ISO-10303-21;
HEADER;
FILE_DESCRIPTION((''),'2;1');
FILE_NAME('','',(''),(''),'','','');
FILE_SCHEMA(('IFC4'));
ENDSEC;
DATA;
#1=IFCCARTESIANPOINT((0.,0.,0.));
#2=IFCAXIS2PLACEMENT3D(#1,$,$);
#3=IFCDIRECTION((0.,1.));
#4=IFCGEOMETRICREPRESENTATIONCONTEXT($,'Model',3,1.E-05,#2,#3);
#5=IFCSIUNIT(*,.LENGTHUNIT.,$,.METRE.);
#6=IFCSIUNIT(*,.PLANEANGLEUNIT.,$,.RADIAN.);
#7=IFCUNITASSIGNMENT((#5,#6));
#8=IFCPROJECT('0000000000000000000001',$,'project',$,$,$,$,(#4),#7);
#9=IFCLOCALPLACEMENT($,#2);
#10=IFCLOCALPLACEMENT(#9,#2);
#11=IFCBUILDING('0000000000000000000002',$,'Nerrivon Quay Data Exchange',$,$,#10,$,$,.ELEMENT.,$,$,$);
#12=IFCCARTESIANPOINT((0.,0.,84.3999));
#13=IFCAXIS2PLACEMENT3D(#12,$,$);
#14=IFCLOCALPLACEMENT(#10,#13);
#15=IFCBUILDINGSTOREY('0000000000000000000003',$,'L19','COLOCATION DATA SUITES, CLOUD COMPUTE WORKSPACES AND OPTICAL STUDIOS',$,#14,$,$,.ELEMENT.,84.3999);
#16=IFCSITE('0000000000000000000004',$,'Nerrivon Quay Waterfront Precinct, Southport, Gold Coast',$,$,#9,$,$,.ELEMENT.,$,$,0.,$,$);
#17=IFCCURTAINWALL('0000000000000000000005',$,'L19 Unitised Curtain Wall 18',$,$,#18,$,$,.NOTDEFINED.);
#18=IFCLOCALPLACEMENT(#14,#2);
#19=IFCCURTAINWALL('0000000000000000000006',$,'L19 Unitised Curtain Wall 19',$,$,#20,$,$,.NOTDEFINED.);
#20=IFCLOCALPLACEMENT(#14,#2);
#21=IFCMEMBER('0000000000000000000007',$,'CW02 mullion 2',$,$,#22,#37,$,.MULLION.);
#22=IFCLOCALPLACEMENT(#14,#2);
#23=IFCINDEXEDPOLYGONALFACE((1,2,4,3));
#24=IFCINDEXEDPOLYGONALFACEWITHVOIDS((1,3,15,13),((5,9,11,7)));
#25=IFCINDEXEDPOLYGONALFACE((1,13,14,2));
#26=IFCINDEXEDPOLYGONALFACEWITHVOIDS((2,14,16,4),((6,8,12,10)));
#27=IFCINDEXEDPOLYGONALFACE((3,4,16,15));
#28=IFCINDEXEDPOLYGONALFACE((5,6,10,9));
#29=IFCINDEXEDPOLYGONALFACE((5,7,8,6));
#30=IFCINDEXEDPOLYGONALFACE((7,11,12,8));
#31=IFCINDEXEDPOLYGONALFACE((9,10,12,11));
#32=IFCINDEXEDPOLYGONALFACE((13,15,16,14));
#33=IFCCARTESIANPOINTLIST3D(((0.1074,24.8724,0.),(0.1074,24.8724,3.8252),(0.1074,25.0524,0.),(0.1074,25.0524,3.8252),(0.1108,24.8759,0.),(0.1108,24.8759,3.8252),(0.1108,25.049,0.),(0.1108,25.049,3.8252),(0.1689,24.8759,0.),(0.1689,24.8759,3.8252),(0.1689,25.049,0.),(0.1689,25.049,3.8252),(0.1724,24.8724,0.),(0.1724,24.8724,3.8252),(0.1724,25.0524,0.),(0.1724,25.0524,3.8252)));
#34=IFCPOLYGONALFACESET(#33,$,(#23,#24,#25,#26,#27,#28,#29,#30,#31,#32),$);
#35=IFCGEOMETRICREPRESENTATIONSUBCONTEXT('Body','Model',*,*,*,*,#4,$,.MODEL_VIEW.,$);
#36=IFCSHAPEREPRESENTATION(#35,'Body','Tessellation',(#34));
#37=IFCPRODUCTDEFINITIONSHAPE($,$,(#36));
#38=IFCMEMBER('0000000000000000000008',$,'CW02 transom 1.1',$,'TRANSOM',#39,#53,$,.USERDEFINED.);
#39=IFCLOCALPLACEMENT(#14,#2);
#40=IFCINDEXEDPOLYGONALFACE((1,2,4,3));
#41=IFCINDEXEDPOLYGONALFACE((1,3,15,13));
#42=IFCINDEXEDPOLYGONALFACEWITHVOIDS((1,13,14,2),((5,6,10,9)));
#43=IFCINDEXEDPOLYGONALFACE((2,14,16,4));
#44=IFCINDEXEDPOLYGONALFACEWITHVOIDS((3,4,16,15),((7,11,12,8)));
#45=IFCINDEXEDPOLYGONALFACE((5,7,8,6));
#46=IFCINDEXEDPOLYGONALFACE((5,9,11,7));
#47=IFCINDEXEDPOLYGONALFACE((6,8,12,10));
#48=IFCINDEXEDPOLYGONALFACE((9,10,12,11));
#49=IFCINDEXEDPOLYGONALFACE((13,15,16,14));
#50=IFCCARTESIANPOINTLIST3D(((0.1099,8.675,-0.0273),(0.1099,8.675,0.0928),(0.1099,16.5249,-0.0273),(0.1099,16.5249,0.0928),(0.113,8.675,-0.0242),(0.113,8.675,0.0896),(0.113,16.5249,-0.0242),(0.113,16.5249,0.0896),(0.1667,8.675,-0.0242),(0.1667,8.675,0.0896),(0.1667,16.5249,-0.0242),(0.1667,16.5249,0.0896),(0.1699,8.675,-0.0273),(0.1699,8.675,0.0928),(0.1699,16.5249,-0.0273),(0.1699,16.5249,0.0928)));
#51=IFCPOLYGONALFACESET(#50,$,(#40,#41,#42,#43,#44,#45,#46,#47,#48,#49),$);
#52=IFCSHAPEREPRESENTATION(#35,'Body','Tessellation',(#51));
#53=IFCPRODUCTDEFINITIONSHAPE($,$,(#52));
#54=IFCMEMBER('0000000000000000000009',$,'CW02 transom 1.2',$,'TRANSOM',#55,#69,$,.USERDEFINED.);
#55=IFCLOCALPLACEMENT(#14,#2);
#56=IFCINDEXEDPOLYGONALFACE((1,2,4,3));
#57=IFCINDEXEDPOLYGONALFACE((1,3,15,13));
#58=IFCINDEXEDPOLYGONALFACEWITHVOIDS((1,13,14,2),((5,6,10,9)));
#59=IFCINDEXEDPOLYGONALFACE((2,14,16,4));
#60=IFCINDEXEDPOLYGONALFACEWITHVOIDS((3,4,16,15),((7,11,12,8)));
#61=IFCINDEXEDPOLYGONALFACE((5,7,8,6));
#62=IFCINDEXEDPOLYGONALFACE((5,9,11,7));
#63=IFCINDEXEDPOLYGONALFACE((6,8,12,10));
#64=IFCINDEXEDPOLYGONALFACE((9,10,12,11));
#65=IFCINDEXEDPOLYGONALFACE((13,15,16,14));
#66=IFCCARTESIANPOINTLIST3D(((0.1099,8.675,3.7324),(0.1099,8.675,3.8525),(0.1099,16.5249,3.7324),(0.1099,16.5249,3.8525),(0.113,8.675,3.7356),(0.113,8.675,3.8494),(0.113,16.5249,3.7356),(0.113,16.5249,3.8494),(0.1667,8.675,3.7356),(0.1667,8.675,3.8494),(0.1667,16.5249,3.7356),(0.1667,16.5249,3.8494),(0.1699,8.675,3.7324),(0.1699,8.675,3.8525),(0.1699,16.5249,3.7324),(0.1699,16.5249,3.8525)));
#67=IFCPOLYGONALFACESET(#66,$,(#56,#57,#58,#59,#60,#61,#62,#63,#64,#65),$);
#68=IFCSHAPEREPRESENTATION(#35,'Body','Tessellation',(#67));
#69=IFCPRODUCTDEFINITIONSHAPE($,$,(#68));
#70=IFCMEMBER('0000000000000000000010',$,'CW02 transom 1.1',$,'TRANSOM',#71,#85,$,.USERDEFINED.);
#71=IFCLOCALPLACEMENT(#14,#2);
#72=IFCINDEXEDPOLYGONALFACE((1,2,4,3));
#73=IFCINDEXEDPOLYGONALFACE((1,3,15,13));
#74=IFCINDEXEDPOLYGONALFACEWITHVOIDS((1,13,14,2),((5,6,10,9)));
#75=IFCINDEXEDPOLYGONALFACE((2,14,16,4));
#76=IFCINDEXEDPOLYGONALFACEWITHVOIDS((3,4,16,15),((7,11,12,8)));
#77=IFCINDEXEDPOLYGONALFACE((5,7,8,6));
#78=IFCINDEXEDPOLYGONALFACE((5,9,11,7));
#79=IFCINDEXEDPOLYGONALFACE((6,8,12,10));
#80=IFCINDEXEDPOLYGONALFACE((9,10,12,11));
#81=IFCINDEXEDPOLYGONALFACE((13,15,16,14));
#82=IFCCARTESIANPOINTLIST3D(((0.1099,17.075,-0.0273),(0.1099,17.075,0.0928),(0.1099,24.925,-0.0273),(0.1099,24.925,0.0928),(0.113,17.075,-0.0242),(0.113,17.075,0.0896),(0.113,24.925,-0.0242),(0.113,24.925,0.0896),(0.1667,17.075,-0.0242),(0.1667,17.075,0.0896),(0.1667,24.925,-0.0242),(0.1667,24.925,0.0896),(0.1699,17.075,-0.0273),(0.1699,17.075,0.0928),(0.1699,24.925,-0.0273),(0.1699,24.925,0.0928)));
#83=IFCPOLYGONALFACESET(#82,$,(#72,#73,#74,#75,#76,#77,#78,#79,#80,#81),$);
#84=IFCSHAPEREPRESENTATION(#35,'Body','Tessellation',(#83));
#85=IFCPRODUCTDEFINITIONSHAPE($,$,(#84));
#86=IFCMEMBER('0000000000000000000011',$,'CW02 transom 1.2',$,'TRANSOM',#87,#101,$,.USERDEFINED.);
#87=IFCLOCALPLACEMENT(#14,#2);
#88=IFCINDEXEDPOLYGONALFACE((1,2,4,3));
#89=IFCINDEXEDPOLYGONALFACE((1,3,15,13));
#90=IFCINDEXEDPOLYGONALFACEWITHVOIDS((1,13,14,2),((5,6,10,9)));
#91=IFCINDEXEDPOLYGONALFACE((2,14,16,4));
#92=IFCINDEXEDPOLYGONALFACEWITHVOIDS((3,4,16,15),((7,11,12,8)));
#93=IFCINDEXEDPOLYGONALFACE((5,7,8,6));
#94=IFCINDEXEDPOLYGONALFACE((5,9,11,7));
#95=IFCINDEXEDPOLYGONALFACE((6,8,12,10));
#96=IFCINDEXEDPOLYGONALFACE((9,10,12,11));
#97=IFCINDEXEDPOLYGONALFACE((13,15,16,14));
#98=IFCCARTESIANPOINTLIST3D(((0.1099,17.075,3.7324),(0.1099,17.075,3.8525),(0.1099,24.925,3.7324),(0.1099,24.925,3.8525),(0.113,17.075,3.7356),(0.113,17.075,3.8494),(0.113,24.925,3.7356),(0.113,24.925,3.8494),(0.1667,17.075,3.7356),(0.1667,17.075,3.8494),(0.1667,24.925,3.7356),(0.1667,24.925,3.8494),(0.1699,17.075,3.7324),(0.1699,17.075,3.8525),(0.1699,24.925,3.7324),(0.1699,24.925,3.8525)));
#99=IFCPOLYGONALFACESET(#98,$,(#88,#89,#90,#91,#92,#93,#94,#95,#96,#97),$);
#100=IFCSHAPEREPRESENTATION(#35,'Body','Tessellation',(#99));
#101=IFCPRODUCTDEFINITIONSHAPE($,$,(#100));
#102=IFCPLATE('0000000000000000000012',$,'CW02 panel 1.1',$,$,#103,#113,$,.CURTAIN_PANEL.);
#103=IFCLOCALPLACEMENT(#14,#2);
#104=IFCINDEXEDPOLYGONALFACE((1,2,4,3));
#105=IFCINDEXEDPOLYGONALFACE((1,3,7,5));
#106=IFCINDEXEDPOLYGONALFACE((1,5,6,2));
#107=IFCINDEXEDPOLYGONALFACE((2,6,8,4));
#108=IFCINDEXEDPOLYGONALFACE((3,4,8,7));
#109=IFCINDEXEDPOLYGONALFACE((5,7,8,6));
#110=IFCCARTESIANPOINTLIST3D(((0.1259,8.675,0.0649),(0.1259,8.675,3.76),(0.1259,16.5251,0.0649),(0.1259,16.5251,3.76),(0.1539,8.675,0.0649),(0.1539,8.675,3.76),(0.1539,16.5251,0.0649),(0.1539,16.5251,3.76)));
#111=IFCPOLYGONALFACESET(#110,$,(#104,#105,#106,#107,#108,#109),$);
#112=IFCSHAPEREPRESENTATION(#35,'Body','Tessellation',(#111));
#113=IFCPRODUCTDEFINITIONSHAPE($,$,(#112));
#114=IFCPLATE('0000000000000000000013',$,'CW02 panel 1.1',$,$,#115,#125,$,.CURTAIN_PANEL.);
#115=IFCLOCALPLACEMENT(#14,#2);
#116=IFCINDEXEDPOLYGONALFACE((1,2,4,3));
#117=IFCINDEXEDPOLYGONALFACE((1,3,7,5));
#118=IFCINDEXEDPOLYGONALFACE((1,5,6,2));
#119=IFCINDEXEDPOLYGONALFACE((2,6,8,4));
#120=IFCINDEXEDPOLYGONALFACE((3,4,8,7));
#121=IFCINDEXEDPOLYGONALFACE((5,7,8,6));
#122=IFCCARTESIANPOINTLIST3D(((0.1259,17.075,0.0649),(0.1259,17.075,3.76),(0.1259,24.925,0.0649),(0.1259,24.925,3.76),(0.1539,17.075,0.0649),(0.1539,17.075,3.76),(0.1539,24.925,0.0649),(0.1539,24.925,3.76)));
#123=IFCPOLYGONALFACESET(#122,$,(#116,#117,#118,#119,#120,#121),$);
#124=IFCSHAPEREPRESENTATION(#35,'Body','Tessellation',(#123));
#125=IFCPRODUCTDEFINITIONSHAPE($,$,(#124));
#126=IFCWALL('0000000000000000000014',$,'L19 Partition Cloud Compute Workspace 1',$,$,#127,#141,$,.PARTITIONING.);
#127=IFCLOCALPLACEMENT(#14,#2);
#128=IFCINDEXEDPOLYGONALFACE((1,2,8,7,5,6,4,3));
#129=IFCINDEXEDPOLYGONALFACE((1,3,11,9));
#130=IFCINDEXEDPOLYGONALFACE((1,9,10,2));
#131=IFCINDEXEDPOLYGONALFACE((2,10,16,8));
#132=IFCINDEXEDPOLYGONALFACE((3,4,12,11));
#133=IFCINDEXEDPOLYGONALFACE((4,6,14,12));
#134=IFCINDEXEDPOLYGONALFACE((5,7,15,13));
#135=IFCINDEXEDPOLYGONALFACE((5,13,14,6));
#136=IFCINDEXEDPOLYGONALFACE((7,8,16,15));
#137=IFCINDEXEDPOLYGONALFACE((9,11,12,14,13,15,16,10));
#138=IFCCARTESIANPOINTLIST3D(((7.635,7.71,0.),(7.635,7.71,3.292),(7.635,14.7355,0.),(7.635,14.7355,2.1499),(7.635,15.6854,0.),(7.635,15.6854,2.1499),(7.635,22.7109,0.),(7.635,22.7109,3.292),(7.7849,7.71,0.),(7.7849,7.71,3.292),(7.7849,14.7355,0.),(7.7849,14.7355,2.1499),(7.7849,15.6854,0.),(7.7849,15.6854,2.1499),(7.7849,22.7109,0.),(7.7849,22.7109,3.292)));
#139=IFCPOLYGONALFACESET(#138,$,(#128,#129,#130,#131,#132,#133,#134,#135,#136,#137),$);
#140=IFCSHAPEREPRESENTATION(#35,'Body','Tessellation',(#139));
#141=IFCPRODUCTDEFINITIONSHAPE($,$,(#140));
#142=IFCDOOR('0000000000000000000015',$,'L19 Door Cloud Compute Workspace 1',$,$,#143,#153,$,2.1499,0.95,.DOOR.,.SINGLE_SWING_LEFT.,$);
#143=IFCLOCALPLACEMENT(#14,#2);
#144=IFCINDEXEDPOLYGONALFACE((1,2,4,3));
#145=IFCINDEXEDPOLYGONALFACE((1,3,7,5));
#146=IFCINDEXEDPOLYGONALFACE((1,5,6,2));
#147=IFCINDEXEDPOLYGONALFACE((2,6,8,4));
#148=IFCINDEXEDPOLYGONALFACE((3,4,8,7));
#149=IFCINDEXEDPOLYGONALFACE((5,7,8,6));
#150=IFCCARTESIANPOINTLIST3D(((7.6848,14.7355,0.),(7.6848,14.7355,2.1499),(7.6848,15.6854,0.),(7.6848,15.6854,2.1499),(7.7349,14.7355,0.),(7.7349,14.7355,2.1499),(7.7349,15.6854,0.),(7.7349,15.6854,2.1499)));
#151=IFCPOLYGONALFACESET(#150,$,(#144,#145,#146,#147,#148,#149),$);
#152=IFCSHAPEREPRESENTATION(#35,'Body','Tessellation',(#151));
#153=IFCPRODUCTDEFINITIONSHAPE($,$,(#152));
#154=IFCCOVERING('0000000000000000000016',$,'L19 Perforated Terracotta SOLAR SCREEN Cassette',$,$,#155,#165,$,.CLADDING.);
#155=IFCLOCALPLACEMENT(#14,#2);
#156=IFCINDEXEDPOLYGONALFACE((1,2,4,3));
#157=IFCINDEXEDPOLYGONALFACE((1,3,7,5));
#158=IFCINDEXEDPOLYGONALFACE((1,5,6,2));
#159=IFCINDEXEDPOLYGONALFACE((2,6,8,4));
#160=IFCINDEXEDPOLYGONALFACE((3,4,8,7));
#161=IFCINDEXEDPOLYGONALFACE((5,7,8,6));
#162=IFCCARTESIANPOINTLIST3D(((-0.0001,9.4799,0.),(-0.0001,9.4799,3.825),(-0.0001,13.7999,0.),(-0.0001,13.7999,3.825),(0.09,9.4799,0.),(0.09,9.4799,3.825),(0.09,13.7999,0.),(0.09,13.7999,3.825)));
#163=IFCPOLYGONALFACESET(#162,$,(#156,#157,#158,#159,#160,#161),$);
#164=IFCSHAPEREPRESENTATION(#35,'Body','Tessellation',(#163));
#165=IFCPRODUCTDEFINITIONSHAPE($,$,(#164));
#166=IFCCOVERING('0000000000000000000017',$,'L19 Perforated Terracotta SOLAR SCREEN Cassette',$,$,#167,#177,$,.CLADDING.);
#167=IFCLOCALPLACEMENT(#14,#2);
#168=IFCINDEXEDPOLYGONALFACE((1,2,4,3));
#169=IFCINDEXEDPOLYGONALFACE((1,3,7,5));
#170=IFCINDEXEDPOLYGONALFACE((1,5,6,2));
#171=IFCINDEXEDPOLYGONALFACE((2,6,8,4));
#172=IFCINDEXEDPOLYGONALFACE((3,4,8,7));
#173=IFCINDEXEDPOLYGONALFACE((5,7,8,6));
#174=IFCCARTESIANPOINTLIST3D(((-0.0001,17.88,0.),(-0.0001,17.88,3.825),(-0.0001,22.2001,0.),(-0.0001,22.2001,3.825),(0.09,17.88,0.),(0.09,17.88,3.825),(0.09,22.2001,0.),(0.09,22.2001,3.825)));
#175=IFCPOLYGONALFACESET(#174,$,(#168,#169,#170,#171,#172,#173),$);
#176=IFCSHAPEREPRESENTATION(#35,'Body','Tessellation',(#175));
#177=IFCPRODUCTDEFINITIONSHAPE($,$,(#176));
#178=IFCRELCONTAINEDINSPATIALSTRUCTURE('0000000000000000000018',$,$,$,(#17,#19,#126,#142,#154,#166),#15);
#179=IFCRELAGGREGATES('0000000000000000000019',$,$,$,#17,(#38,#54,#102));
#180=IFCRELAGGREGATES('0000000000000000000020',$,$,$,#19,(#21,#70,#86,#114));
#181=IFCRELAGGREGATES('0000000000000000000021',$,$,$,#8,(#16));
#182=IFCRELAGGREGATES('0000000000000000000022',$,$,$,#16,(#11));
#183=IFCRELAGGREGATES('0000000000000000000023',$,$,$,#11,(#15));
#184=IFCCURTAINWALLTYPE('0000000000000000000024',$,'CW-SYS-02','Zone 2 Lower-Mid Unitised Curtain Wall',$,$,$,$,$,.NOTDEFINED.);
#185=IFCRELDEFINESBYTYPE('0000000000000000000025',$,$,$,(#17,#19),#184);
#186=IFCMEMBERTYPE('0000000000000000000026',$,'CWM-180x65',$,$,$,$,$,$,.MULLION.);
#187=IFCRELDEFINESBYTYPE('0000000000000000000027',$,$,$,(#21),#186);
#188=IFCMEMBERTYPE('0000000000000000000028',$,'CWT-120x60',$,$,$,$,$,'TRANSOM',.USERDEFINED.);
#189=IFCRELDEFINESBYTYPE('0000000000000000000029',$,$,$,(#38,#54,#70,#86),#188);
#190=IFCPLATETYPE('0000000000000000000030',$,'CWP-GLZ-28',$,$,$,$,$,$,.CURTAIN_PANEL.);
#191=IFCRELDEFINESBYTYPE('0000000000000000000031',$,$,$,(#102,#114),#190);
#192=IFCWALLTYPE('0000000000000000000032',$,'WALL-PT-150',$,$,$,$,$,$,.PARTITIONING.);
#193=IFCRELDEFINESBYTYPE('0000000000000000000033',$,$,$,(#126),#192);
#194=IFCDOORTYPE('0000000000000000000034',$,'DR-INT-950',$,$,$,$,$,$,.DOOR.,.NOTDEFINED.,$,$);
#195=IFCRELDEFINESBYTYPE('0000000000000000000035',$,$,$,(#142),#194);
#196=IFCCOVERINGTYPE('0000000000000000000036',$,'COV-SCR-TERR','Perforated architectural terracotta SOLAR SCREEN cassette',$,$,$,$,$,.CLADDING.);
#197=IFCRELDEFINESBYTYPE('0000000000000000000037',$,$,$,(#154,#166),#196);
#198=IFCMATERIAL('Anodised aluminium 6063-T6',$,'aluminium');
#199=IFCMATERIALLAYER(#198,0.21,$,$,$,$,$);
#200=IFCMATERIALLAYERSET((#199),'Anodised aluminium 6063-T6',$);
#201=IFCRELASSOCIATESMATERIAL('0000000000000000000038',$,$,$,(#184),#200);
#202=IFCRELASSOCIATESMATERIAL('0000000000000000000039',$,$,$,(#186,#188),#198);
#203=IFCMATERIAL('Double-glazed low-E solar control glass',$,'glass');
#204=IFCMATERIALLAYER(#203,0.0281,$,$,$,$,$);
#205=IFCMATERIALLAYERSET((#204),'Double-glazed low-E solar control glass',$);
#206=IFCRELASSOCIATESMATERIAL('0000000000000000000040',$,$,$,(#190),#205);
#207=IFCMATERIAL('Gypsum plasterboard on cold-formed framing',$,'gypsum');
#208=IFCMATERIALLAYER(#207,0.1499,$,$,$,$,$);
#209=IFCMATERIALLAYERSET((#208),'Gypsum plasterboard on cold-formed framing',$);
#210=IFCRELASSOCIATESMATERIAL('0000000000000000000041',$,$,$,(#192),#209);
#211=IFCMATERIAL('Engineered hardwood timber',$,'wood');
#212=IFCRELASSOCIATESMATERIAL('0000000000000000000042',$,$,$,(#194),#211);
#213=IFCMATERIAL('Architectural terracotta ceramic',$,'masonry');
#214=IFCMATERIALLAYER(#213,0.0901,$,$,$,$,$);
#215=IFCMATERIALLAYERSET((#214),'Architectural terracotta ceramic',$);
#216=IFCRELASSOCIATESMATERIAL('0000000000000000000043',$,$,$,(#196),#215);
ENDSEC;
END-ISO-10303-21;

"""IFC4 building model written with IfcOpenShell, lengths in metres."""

from ifc_helpers import new_model, si_unit, direction, frame, frame_2d, origin, origin_2d, place, context, subcontext, project, spatial, rectangle, hollow_rectangle, extrude, material, layer, layer_set, material_profile, profile_set, type_object, element, fill, aggregate, save


model = new_model("IFC4")

# Units and contexts
model_context = context("Model", 3, precision=1e-05, world=origin(), true_north=direction((0.0, 1.0)))
body_context = subcontext(model_context, "Body", "Model", "MODEL_VIEW")
ifc_project = project(units=[si_unit("LENGTHUNIT", "METRE"), si_unit("PLANEANGLEUNIT", "RADIAN")], contexts=[model_context])

# Site, building, storey
site_placement = place(None, origin())
site = spatial("IfcSite", under=ifc_project, at=site_placement, Name="Nerrivon Quay Waterfront Precinct, Southport, Gold Coast", CompositionType="ELEMENT", RefElevation=0.0)
building_placement = place(site_placement, origin())
building = spatial("IfcBuilding", under=site, at=building_placement, Name="Nerrivon Quay Data Exchange", CompositionType="ELEMENT")
storey_placement = place(building_placement, frame((0.0, 0.0, 84.3999)))
storey = spatial("IfcBuildingStorey", under=building, at=storey_placement, Name="L19", Description="COLOCATION DATA SUITES, CLOUD COMPUTE WORKSPACES AND OPTICAL STUDIOS", CompositionType="ELEMENT", Elevation=84.3999)

# Curtain walls, member
ifc_material_1 = material(Name="Anodised aluminium 6063-T6", Category="aluminium")
ifc_layer_1 = layer(ifc_material_1, 0.21)
ifc_layer_set_1 = layer_set([ifc_layer_1], Name="Anodised aluminium 6063-T6")
curtain_wall_type = type_object("IfcCurtainWallType", Name="CW-SYS-02", Description="Zone 2 Lower-Mid Unitised Curtain Wall", PredefinedType="NOTDEFINED", material=ifc_layer_set_1)
curtain_wall_1_placement = place(storey_placement, origin())
curtain_wall_1 = element("IfcCurtainWall", 1, at=curtain_wall_1_placement, inside=storey, type_object=curtain_wall_type, Name="L19 Unitised Curtain Wall 18", PredefinedType="NOTDEFINED")
ifc_material_profile_1 = material_profile(ifc_material_1, hollow_rectangle(XDim=0.0649, YDim=0.1799, WallThickness=0.0034, at=origin_2d()), Name="ALU-MULL-180x65")
ifc_profile_set_1 = profile_set([ifc_material_profile_1], Name="Anodised aluminium 6063-T6")
member_type_1 = type_object("IfcMemberType", Name="CWM-180x65", PredefinedType="MULLION", material=ifc_profile_set_1)
curtain_wall_2_placement = place(storey_placement, origin())
curtain_wall_2 = element("IfcCurtainWall", 2, at=curtain_wall_2_placement, inside=storey, type_object=curtain_wall_type, Name="L19 Unitised Curtain Wall 19", PredefinedType="NOTDEFINED")
member_1_placement = place(storey_placement, frame((0.1399, 24.9624, 0.0), z_axis=(0.0, 0.0, 1.0), x_axis=(-1.0, 0.0, 0.0)))
member_1 = element("IfcMember", 3, at=member_1_placement, type_object=member_type_1, Name="CW02 mullion 2", PredefinedType="MULLION", context=body_context, shape_type="SweptSolid", body=[
    extrude(hollow_rectangle(XDim=0.0649, YDim=0.1799, WallThickness=0.0034, at=origin_2d()), origin(), (0.0, 0.0, 1.0), 3.8252),
])

# Members
ifc_material_profile_2 = material_profile(ifc_material_1, hollow_rectangle(XDim=0.0601, YDim=0.1201, WallThickness=0.0032, at=origin_2d()), Name="ALU-TRAN-120x60")
ifc_profile_set_2 = profile_set([ifc_material_profile_2], Name="Anodised aluminium 6063-T6")
member_type_2 = type_object("IfcMemberType", Name="CWT-120x60", ElementType="TRANSOM", PredefinedType="USERDEFINED", material=ifc_profile_set_2)
member_2_placement = place(storey_placement, frame((0.1399, 8.675, 0.0327), z_axis=(0.0, 1.0, 0.0), x_axis=(-1.0, 0.0, 0.0)))
member_2 = element("IfcMember", 4, at=member_2_placement, type_object=member_type_2, Name="CW02 transom 1.1", ObjectType="TRANSOM", PredefinedType="USERDEFINED", context=body_context, shape_type="SweptSolid", body=[
    extrude(hollow_rectangle(XDim=0.0601, YDim=0.1201, WallThickness=0.0032, at=origin_2d()), origin(), (0.0, 0.0, 1.0), 7.8499),
])
member_3_placement = place(storey_placement, frame((0.1399, 8.675, 3.7925), z_axis=(0.0, 1.0, 0.0), x_axis=(-1.0, 0.0, 0.0)))
member_3 = element("IfcMember", 5, at=member_3_placement, type_object=member_type_2, Name="CW02 transom 1.2", ObjectType="TRANSOM", PredefinedType="USERDEFINED", context=body_context, shape_type="SweptSolid", body=[
    extrude(hollow_rectangle(XDim=0.0601, YDim=0.1201, WallThickness=0.0032, at=origin_2d()), origin(), (0.0, 0.0, 1.0), 7.8499),
])
member_4_placement = place(storey_placement, frame((0.1399, 17.075, 0.0327), z_axis=(0.0, 1.0, 0.0), x_axis=(-1.0, 0.0, 0.0)))
member_4 = element("IfcMember", 6, at=member_4_placement, type_object=member_type_2, Name="CW02 transom 1.1", ObjectType="TRANSOM", PredefinedType="USERDEFINED", context=body_context, shape_type="SweptSolid", body=[
    extrude(hollow_rectangle(XDim=0.0601, YDim=0.1201, WallThickness=0.0032, at=origin_2d()), origin(), (0.0, 0.0, 1.0), 7.8501),
])
member_5_placement = place(storey_placement, frame((0.1399, 17.075, 3.7925), z_axis=(0.0, 1.0, 0.0), x_axis=(-1.0, 0.0, 0.0)))
member_5 = element("IfcMember", 7, at=member_5_placement, type_object=member_type_2, Name="CW02 transom 1.2", ObjectType="TRANSOM", PredefinedType="USERDEFINED", context=body_context, shape_type="SweptSolid", body=[
    extrude(hollow_rectangle(XDim=0.0601, YDim=0.1201, WallThickness=0.0032, at=origin_2d()), origin(), (0.0, 0.0, 1.0), 7.8501),
])

# Plates
ifc_material_2 = material(Name="Double-glazed low-E solar control glass", Category="glass")
ifc_layer_2 = layer(ifc_material_2, 0.0281)
ifc_layer_set_2 = layer_set([ifc_layer_2], Name="Double-glazed low-E solar control glass")
plate_type = type_object("IfcPlateType", Name="CWP-GLZ-28", PredefinedType="CURTAIN_PANEL", material=ifc_layer_set_2)
plate_1_placement = place(storey_placement, frame((0.1399, 12.6001, 0.0649), z_axis=(0.0, 0.0, 1.0), x_axis=(0.0, 1.0, 0.0)))
plate_1 = element("IfcPlate", 8, at=plate_1_placement, type_object=plate_type, Name="CW02 panel 1.1", PredefinedType="CURTAIN_PANEL", context=body_context, shape_type="SweptSolid", body=[
    extrude(rectangle(XDim=7.8501, YDim=0.0281, at=origin_2d()), origin(), (0.0, 0.0, 1.0), 3.6951),
])
aggregate(curtain_wall_1, [member_2, member_3, plate_1])
plate_2_placement = place(storey_placement, frame((0.1399, 21.0, 0.0649), z_axis=(0.0, 0.0, 1.0), x_axis=(0.0, 1.0, 0.0)))
plate_2 = element("IfcPlate", 9, at=plate_2_placement, type_object=plate_type, Name="CW02 panel 1.1", PredefinedType="CURTAIN_PANEL", context=body_context, shape_type="SweptSolid", body=[
    extrude(rectangle(XDim=7.8501, YDim=0.0281, at=origin_2d()), origin(), (0.0, 0.0, 1.0), 3.6951),
])
aggregate(curtain_wall_2, [member_1, member_4, member_5, plate_2])

# Wall, opening, door
ifc_material_3 = material(Name="Gypsum plasterboard on cold-formed framing", Category="gypsum")
ifc_layer_3 = layer(ifc_material_3, 0.1499)
ifc_layer_set_3 = layer_set([ifc_layer_3], Name="Gypsum plasterboard on cold-formed framing")
wall_type = type_object("IfcWallType", Name="WALL-PT-150", PredefinedType="PARTITIONING", material=ifc_layer_set_3)
wall_placement = place(storey_placement, frame((7.71, 22.7109, 0.0), z_axis=(0.0, 0.0, 1.0), x_axis=(0.0, -1.0, 0.0)))
wall = element("IfcWall", 10, at=wall_placement, inside=storey, type_object=wall_type, Name="L19 Partition Cloud Compute Workspace 1", PredefinedType="PARTITIONING", context=body_context, shape_type="SweptSolid", body=[
    extrude(rectangle(XDim=15.001, YDim=0.1499, at=frame_2d((7.5005, 0.0))), origin(), (0.0, 0.0, 1.0), 3.292),
])
opening_placement = place(wall_placement, frame((7.0254, 0.0, 0.0)))
opening = element("IfcOpeningElement", 11, at=opening_placement, cuts=wall, PredefinedType="OPENING", context=body_context, shape_type="SweptSolid", body=[
    extrude(rectangle(XDim=0.95, YDim=2.1499, at=frame_2d((0.4751, 1.075))), frame((0.0, 0.085, 0.0), z_axis=(0.0, -1.0, 0.0), x_axis=(1.0, 0.0, 0.0)), (0.0, 0.0, 1.0), 0.1699),
])
ifc_material_4 = material(Name="Engineered hardwood timber", Category="wood")
door_type = type_object("IfcDoorType", Name="DR-INT-950", OperationType="NOTDEFINED", PredefinedType="DOOR", material=ifc_material_4)
door_placement = place(opening_placement, origin())
door = element("IfcDoor", 12, at=door_placement, inside=storey, type_object=door_type, Name="L19 Door Cloud Compute Workspace 1", OperationType="SINGLE_SWING_LEFT", OverallHeight=2.1499, OverallWidth=0.95, PredefinedType="DOOR", context=body_context, shape_type="SweptSolid", body=[
    extrude(rectangle(XDim=0.95, YDim=2.1499, at=frame_2d((0.4751, 1.075))), frame((0.0, 0.0249, 0.0), z_axis=(0.0, -1.0, 0.0), x_axis=(1.0, 0.0, 0.0)), (0.0, 0.0, 1.0), 0.05),
])
fill(opening, door)

# Coverings
ifc_material_5 = material(Name="Architectural terracotta ceramic", Category="masonry")
ifc_layer_4 = layer(ifc_material_5, 0.0901)
ifc_layer_set_4 = layer_set([ifc_layer_4], Name="Architectural terracotta ceramic")
covering_type = type_object("IfcCoveringType", Name="COV-SCR-TERR", Description="Perforated architectural terracotta SOLAR SCREEN cassette", PredefinedType="CLADDING", material=ifc_layer_set_4)
for number, where, z_axis, x_axis, name in (
    (13, (0.0449, 11.6399, 0.0), (0.0, 0.0, 1.0), (0.0, 1.0, 0.0), "L19 Perforated Terracotta SOLAR SCREEN Cassette"),
    (14, (0.0449, 20.04, 0.0), (0.0, 0.0, 1.0), (0.0, 1.0, 0.0), "L19 Perforated Terracotta SOLAR SCREEN Cassette"),
):
    element("IfcCovering", number, at=place(storey_placement, frame(where, z_axis=z_axis, x_axis=x_axis)), inside=storey, type_object=covering_type, Name=name, PredefinedType="CLADDING", context=body_context, shape_type="SweptSolid", body=[
        extrude(rectangle(XDim=4.3201, YDim=0.0901, at=origin_2d()), origin(), (0.0, 0.0, 1.0), 3.825),
    ])

save(model, "model.ifc")
